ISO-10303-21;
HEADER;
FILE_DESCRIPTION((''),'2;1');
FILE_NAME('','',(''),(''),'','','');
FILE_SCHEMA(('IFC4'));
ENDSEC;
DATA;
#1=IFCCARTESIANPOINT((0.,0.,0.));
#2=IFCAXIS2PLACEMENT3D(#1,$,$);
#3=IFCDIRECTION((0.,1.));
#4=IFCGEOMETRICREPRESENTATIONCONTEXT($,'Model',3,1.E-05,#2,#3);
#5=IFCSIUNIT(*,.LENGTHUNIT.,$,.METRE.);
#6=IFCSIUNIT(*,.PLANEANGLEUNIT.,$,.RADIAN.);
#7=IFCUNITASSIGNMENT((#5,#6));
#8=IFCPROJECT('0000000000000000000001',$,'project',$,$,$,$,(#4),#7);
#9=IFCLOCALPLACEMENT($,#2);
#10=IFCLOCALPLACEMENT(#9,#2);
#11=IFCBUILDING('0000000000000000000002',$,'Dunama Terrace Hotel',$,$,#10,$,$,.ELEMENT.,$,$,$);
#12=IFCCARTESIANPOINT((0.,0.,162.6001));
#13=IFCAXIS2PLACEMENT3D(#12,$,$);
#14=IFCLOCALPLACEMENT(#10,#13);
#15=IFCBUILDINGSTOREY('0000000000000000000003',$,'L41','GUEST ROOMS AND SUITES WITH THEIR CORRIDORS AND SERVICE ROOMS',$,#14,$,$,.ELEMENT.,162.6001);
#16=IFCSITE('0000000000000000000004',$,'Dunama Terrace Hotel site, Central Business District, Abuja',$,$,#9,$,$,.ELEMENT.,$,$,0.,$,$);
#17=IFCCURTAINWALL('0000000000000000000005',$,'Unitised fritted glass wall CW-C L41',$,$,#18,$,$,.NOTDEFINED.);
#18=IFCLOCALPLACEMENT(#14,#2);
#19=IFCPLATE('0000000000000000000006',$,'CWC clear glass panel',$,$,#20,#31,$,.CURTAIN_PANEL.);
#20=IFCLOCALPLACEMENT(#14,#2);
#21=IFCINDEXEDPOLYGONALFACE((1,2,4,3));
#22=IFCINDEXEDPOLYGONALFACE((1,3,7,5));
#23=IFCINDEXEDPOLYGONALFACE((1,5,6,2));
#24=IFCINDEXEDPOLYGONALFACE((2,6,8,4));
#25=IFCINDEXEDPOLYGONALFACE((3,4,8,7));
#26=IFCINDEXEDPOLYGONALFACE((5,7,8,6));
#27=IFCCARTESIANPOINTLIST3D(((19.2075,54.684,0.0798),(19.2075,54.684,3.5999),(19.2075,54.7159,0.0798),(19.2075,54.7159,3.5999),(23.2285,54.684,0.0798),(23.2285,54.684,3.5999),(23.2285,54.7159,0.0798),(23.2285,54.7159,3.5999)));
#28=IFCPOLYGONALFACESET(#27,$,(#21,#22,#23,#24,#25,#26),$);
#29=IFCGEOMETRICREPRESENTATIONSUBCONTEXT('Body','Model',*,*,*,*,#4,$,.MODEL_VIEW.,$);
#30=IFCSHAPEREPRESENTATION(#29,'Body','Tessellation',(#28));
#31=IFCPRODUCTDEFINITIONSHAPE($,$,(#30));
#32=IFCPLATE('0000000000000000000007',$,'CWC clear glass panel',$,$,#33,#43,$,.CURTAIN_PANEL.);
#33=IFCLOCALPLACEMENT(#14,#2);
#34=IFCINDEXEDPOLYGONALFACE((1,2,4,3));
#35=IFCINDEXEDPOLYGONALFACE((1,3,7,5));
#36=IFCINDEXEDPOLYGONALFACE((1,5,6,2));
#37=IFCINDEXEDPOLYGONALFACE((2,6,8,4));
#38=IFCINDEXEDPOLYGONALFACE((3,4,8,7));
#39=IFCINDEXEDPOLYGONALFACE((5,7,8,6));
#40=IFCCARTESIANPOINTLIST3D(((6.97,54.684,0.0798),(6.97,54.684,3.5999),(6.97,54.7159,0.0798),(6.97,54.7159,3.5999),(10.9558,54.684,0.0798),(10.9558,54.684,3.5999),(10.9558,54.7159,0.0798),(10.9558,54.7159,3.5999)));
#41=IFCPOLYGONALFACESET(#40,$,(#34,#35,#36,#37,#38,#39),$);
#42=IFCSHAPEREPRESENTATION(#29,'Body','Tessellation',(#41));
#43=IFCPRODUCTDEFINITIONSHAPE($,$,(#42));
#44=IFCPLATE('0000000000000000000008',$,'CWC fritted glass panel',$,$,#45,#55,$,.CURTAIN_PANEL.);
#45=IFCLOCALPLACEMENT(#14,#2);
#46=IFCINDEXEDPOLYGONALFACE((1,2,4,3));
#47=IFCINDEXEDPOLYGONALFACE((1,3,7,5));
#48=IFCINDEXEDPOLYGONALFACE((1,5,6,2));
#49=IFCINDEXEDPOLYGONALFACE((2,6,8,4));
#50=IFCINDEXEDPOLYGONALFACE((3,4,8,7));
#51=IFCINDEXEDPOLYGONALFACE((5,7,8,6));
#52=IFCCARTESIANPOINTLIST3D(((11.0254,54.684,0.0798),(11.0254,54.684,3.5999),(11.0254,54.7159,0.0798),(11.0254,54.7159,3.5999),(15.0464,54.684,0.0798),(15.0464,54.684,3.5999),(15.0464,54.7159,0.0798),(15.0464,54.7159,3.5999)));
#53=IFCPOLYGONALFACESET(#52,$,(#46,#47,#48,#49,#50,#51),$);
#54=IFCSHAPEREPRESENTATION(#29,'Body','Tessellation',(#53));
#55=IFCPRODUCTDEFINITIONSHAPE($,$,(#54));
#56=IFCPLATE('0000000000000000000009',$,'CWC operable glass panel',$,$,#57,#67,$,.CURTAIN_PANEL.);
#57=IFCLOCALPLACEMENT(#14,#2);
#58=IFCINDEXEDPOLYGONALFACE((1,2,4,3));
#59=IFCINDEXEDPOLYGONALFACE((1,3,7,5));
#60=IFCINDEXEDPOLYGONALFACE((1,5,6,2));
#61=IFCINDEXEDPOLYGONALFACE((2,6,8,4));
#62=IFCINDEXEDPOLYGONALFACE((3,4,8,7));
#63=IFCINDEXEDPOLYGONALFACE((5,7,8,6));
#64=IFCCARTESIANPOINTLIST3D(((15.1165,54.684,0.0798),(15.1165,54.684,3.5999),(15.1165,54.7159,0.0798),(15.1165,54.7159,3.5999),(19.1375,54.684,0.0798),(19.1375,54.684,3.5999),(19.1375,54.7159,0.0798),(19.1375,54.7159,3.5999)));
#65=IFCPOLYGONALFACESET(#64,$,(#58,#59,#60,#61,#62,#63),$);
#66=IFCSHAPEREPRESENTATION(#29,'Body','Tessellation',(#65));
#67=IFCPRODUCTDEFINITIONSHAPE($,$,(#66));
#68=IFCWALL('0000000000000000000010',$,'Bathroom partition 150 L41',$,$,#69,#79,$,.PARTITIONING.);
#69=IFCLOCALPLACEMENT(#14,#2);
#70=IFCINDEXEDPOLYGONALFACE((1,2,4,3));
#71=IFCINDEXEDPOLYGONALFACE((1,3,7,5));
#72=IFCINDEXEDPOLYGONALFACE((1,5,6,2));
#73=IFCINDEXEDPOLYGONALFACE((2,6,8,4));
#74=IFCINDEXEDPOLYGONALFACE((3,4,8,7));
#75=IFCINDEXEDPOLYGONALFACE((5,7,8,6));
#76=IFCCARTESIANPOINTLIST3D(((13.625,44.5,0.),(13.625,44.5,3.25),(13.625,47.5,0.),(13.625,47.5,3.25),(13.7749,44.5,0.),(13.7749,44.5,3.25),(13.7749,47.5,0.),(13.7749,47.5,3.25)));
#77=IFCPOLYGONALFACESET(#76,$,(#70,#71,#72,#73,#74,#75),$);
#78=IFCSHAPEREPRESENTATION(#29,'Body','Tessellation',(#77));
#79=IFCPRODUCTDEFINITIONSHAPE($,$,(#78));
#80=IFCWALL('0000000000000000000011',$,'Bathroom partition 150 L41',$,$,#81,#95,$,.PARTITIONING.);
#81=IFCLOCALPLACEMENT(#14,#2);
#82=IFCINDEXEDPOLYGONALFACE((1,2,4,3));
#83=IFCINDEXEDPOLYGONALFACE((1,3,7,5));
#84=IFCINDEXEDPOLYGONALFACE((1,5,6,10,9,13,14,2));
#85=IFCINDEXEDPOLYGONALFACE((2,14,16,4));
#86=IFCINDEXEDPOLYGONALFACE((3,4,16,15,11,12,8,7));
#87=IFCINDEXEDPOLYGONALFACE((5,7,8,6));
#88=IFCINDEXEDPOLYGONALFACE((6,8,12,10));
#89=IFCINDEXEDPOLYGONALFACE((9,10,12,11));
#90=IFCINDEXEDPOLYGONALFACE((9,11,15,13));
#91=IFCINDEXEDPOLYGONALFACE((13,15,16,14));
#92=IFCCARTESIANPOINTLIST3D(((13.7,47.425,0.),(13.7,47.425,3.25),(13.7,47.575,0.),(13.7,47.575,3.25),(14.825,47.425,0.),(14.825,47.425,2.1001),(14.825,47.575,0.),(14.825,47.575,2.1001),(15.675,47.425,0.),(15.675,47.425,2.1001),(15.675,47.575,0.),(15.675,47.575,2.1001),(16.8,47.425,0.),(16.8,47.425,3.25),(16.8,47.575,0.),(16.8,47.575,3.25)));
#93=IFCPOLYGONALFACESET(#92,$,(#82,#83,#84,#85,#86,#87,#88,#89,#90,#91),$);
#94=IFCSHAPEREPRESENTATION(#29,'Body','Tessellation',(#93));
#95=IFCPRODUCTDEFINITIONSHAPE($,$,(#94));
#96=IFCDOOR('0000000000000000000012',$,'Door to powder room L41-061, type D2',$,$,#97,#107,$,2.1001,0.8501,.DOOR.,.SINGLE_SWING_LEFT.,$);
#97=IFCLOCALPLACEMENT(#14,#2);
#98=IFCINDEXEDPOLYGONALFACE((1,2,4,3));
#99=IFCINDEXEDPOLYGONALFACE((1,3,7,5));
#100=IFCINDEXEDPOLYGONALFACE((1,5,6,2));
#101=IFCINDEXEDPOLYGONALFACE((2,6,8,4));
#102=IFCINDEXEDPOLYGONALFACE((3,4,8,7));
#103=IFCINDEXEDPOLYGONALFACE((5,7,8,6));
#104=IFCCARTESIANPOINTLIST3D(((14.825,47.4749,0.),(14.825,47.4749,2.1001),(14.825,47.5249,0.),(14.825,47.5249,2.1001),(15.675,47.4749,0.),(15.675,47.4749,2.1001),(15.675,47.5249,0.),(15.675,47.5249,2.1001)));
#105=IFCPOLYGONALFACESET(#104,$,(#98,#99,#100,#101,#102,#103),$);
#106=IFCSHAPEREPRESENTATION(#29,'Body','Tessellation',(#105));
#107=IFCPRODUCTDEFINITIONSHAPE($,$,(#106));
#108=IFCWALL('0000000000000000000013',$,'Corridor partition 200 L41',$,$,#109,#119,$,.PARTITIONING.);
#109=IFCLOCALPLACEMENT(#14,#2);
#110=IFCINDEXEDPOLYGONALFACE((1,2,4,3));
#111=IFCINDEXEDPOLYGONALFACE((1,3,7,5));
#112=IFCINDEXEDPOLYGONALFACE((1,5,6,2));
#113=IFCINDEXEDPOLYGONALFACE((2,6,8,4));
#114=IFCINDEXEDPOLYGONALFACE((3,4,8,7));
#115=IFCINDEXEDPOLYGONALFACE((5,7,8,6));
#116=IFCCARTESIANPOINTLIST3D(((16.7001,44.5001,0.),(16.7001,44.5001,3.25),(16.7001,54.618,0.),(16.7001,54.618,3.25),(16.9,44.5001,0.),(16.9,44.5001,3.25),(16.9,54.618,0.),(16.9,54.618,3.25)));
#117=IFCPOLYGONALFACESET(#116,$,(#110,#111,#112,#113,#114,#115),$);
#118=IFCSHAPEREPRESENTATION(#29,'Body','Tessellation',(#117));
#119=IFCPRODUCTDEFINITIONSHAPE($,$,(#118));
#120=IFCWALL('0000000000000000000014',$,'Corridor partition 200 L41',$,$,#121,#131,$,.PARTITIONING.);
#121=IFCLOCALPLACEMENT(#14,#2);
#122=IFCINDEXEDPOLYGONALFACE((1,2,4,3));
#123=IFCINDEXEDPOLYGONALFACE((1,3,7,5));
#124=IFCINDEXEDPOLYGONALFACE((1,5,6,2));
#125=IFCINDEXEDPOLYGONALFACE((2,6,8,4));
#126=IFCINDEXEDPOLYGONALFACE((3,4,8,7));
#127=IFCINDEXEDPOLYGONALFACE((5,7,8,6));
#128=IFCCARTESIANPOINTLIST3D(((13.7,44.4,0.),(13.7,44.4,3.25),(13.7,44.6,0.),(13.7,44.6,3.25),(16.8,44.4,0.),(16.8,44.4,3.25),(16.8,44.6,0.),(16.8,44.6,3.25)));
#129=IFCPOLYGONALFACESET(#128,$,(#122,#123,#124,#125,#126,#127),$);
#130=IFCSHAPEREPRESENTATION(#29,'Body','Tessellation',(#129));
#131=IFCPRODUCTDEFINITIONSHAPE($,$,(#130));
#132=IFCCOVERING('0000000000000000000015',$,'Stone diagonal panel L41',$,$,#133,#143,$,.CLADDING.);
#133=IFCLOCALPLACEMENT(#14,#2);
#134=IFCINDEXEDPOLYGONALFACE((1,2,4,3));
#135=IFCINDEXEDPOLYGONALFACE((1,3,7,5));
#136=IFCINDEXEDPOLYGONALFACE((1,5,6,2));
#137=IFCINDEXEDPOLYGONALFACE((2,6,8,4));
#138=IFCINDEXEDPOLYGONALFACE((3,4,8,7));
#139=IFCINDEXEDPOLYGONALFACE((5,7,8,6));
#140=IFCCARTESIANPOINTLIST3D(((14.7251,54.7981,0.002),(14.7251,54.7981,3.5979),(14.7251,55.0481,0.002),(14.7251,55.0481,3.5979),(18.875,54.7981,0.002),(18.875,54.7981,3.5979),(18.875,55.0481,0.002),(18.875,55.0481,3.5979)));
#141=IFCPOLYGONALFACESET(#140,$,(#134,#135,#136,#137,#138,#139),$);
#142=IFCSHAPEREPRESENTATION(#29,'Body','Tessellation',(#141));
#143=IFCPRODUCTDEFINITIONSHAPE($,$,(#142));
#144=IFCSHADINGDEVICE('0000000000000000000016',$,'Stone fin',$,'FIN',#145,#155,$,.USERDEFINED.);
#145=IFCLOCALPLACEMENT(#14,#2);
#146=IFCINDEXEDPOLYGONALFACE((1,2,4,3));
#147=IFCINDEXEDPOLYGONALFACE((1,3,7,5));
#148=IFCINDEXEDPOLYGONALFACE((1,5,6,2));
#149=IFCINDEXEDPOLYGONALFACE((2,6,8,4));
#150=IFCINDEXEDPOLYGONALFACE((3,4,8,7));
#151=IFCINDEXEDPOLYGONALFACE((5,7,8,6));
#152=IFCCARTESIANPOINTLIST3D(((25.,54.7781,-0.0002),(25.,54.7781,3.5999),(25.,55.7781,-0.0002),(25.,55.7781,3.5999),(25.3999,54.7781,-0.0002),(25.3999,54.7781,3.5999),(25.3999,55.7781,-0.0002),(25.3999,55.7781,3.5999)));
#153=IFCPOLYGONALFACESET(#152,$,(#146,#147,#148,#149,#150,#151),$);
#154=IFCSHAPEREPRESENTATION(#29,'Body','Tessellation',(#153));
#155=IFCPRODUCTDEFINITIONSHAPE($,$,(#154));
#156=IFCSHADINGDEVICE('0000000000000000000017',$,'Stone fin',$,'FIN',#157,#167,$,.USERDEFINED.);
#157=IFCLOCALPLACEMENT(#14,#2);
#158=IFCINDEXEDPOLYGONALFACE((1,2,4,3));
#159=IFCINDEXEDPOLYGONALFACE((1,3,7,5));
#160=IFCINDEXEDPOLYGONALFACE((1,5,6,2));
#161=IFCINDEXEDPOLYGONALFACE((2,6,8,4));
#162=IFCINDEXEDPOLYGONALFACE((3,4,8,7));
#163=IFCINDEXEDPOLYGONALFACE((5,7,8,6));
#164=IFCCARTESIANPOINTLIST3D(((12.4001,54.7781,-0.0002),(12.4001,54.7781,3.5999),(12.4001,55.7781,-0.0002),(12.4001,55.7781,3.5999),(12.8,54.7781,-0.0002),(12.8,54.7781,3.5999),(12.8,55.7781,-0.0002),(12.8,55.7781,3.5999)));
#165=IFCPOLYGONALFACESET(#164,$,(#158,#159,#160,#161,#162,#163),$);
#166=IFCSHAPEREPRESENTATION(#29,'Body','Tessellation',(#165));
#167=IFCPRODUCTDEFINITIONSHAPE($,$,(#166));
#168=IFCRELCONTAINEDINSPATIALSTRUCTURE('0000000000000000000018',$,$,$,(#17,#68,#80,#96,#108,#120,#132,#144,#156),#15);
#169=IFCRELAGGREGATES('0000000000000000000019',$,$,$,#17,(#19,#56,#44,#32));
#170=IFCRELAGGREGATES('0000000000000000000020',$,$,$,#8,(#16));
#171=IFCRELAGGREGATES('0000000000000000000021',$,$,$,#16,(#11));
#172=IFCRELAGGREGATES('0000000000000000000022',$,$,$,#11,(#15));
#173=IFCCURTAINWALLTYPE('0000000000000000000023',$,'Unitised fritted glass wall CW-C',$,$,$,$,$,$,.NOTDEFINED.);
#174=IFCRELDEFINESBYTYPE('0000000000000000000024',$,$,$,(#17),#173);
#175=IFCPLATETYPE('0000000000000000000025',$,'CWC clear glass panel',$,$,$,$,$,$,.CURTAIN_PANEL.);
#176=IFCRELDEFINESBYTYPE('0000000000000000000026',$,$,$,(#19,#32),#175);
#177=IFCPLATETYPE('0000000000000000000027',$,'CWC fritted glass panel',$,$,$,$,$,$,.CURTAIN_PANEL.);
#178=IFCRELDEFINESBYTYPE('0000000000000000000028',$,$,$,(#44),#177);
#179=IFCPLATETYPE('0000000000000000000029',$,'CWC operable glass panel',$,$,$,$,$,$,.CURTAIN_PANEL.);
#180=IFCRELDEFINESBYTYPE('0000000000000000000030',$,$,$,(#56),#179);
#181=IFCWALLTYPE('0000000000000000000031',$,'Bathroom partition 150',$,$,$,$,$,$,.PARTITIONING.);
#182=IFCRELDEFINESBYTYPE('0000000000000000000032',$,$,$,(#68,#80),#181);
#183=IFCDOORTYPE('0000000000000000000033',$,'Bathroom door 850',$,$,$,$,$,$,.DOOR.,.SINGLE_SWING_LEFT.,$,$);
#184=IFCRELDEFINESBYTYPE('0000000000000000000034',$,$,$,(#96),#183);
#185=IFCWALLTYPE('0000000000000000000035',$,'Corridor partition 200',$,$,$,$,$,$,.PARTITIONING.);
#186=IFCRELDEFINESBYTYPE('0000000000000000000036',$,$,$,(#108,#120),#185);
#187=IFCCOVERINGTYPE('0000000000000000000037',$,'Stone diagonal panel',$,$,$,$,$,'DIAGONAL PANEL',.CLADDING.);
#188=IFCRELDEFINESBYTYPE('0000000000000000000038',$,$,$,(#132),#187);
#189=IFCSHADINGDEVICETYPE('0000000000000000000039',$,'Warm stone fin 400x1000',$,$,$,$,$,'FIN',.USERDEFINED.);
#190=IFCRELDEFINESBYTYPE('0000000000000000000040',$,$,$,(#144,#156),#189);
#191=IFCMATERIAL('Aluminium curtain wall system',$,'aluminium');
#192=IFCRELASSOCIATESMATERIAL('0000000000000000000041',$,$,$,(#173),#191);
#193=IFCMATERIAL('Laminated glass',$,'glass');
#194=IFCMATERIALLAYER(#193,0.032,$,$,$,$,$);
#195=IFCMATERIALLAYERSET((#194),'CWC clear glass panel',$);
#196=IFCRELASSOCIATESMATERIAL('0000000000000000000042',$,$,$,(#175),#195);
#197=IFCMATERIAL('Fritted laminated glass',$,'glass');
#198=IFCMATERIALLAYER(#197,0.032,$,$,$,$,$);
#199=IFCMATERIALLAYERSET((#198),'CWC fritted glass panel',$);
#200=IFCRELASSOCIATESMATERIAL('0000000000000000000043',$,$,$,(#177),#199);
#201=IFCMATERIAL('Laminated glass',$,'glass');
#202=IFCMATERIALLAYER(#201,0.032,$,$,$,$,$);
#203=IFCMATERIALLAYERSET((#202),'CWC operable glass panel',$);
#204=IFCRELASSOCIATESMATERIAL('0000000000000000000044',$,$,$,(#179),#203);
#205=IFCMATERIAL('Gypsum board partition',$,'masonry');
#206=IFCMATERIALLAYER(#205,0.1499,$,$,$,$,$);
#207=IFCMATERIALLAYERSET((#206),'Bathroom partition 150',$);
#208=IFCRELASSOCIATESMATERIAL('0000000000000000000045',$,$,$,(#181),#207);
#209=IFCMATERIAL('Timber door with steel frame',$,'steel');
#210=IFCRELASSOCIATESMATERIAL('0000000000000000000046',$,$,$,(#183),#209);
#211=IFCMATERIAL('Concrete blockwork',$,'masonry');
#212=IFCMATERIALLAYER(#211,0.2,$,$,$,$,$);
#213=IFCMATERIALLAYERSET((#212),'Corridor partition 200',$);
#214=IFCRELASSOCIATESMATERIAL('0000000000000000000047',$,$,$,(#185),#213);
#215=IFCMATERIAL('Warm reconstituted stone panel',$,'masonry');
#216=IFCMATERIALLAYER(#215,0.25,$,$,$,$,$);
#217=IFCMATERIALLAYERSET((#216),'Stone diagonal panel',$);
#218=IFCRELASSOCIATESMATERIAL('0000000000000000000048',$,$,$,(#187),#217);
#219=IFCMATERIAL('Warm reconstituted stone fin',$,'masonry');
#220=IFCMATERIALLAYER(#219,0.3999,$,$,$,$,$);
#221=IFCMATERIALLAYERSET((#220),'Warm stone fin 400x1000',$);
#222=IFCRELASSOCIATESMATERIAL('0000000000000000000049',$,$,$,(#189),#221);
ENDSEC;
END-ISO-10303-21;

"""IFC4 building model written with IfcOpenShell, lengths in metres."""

from ifc_helpers import new_model, si_unit, direction, frame, frame_2d, origin, origin_2d, place, context, subcontext, project, spatial, rectangle, extrude, material, layer, layer_set, type_object, element, fill, aggregate, save


model = new_model("IFC4")

# Units and contexts
model_context = context("Model", 3, precision=1e-05, world=origin(), true_north=direction((0.0, 1.0)))
body_context = subcontext(model_context, "Body", "Model", "MODEL_VIEW")
ifc_project = project(units=[si_unit("LENGTHUNIT", "METRE"), si_unit("PLANEANGLEUNIT", "RADIAN")], contexts=[model_context])

# Site, building, storey
site_placement = place(None, origin())
site = spatial("IfcSite", under=ifc_project, at=site_placement, Name="Dunama Terrace Hotel site, Central Business District, Abuja", CompositionType="ELEMENT", RefElevation=0.0)
building_placement = place(site_placement, origin())
building = spatial("IfcBuilding", under=site, at=building_placement, Name="Dunama Terrace Hotel", CompositionType="ELEMENT")
storey_placement = place(building_placement, frame((0.0, 0.0, 162.6001)))
storey = spatial("IfcBuildingStorey", under=building, at=storey_placement, Name="L41", Description="GUEST ROOMS AND SUITES WITH THEIR CORRIDORS AND SERVICE ROOMS", CompositionType="ELEMENT", Elevation=162.6001)

# Curtain wall
ifc_material_1 = material(Name="Aluminium curtain wall system", Category="aluminium")
curtain_wall_type = type_object("IfcCurtainWallType", Name="Unitised fritted glass wall CW-C", PredefinedType="NOTDEFINED", material=ifc_material_1)
curtain_wall_placement = place(storey_placement, origin())
curtain_wall = element("IfcCurtainWall", 1, at=curtain_wall_placement, inside=storey, type_object=curtain_wall_type, Name="Unitised fritted glass wall CW-C L41", PredefinedType="NOTDEFINED")

# Plates
ifc_material_2 = material(Name="Laminated glass", Category="glass")
ifc_layer_1 = layer(ifc_material_2, 0.032)
ifc_layer_set_1 = layer_set([ifc_layer_1], Name="CWC clear glass panel")
plate_type_1 = type_object("IfcPlateType", Name="CWC clear glass panel", PredefinedType="CURTAIN_PANEL", material=ifc_layer_set_1)
plate_1_placement = place(storey_placement, frame((21.218, 54.7, 0.0798), z_axis=(0.0, 0.0, 1.0), x_axis=(-1.0, 0.0, 0.0)))
plate_1 = element("IfcPlate", 2, at=plate_1_placement, type_object=plate_type_1, Name="CWC clear glass panel", PredefinedType="CURTAIN_PANEL", context=body_context, shape_type="SweptSolid", body=[
    extrude(rectangle(XDim=4.021, YDim=0.032, at=origin_2d()), origin(), (0.0, 0.0, 1.0), 3.52),
])
plate_2_placement = place(storey_placement, frame((8.9629, 54.7, 0.0798), z_axis=(0.0, 0.0, 1.0), x_axis=(-1.0, 0.0, 0.0)))
plate_2 = element("IfcPlate", 3, at=plate_2_placement, type_object=plate_type_1, Name="CWC clear glass panel", PredefinedType="CURTAIN_PANEL", context=body_context, shape_type="SweptSolid", body=[
    extrude(rectangle(XDim=3.9858, YDim=0.032, at=origin_2d()), origin(), (0.0, 0.0, 1.0), 3.52),
])
ifc_material_3 = material(Name="Fritted laminated glass", Category="glass")
ifc_layer_2 = layer(ifc_material_3, 0.032)
ifc_layer_set_2 = layer_set([ifc_layer_2], Name="CWC fritted glass panel")
plate_type_2 = type_object("IfcPlateType", Name="CWC fritted glass panel", PredefinedType="CURTAIN_PANEL", material=ifc_layer_set_2)
plate_3_placement = place(storey_placement, frame((13.0359, 54.7, 0.0798), z_axis=(0.0, 0.0, 1.0), x_axis=(-1.0, 0.0, 0.0)))
plate_3 = element("IfcPlate", 4, at=plate_3_placement, type_object=plate_type_2, Name="CWC fritted glass panel", PredefinedType="CURTAIN_PANEL", context=body_context, shape_type="SweptSolid", body=[
    extrude(rectangle(XDim=4.021, YDim=0.032, at=origin_2d()), origin(), (0.0, 0.0, 1.0), 3.52),
])
ifc_material_4 = material(Name="Laminated glass", Category="glass")
ifc_layer_3 = layer(ifc_material_4, 0.032)
ifc_layer_set_3 = layer_set([ifc_layer_3], Name="CWC operable glass panel")
plate_type_3 = type_object("IfcPlateType", Name="CWC operable glass panel", PredefinedType="CURTAIN_PANEL", material=ifc_layer_set_3)
plate_4_placement = place(storey_placement, frame((17.127, 54.7, 0.0798), z_axis=(0.0, 0.0, 1.0), x_axis=(-1.0, 0.0, 0.0)))
plate_4 = element("IfcPlate", 5, at=plate_4_placement, type_object=plate_type_3, Name="CWC operable glass panel", PredefinedType="CURTAIN_PANEL", context=body_context, shape_type="SweptSolid", body=[
    extrude(rectangle(XDim=4.021, YDim=0.032, at=origin_2d()), origin(), (0.0, 0.0, 1.0), 3.52),
])
aggregate(curtain_wall, [plate_1, plate_4, plate_3, plate_2])

# Wall
ifc_material_5 = material(Name="Gypsum board partition", Category="masonry")
ifc_layer_4 = layer(ifc_material_5, 0.1499)
ifc_layer_set_4 = layer_set([ifc_layer_4], Name="Bathroom partition 150")
wall_type_1 = type_object("IfcWallType", Name="Bathroom partition 150", PredefinedType="PARTITIONING", material=ifc_layer_set_4)
wall_1_placement = place(storey_placement, frame((13.7, 44.5, 0.0), z_axis=(0.0, 0.0, 1.0), x_axis=(0.0, 1.0, 0.0)))
element("IfcWall", 6, at=wall_1_placement, inside=storey, type_object=wall_type_1, Name="Bathroom partition 150 L41", PredefinedType="PARTITIONING", context=body_context, shape_type="SweptSolid", body=[
    extrude(rectangle(XDim=3.0, YDim=0.1499, at=frame_2d((1.5, 0.0))), origin(), (0.0, 0.0, 1.0), 3.25),
])

# Wall, opening, door
wall_2_placement = place(storey_placement, frame((13.7, 47.5, 0.0), z_axis=(0.0, 0.0, 1.0), x_axis=(1.0, 0.0, 0.0)))
wall_2 = element("IfcWall", 7, at=wall_2_placement, inside=storey, type_object=wall_type_1, Name="Bathroom partition 150 L41", PredefinedType="PARTITIONING", context=body_context, shape_type="SweptSolid", body=[
    extrude(rectangle(XDim=3.1001, YDim=0.1499, at=frame_2d((1.55, 0.0))), origin(), (0.0, 0.0, 1.0), 3.25),
])
opening_placement = place(wall_2_placement, frame((1.125, 0.0, 0.0)))
opening = element("IfcOpeningElement", 8, at=opening_placement, cuts=wall_2, PredefinedType="OPENING", context=body_context, shape_type="SweptSolid", body=[
    extrude(rectangle(XDim=0.8501, YDim=2.1001, at=frame_2d((0.425, 1.05))), frame((0.0, 0.085, 0.0), z_axis=(0.0, -1.0, 0.0), x_axis=(1.0, 0.0, 0.0)), (0.0, 0.0, 1.0), 0.1699),
])
ifc_material_6 = material(Name="Timber door with steel frame", Category="steel")
door_type = type_object("IfcDoorType", Name="Bathroom door 850", OperationType="SINGLE_SWING_LEFT", PredefinedType="DOOR", material=ifc_material_6)
door_placement = place(opening_placement, frame((0.8501, 0.0, 0.0), z_axis=(0.0, 0.0, 1.0), x_axis=(-1.0, 0.0, 0.0)))
door = element("IfcDoor", 9, at=door_placement, inside=storey, type_object=door_type, Name="Door to powder room L41-061, type D2", OperationType="SINGLE_SWING_LEFT", OverallHeight=2.1001, OverallWidth=0.8501, PredefinedType="DOOR", context=body_context, shape_type="SweptSolid", body=[
    extrude(rectangle(XDim=0.8501, YDim=2.1001, at=frame_2d((0.425, 1.05))), frame((0.0, 0.0251, 0.0), z_axis=(0.0, -1.0, 0.0), x_axis=(1.0, 0.0, 0.0)), (0.0, 0.0, 1.0), 0.05),
])
fill(opening, door)

# Walls
ifc_material_7 = material(Name="Concrete blockwork", Category="masonry")
ifc_layer_5 = layer(ifc_material_7, 0.2)
ifc_layer_set_5 = layer_set([ifc_layer_5], Name="Corridor partition 200")
wall_type_2 = type_object("IfcWallType", Name="Corridor partition 200", PredefinedType="PARTITIONING", material=ifc_layer_set_5)
wall_3_placement = place(storey_placement, frame((16.8, 44.5, 0.0), z_axis=(0.0, 0.0, 1.0), x_axis=(0.0, 1.0, 0.0)))
element("IfcWall", 10, at=wall_3_placement, inside=storey, type_object=wall_type_2, Name="Corridor partition 200 L41", PredefinedType="PARTITIONING", context=body_context, shape_type="SweptSolid", body=[
    extrude(rectangle(XDim=10.1179, YDim=0.2, at=frame_2d((5.0591, 0.0))), origin(), (0.0, 0.0, 1.0), 3.25),
])
wall_4_placement = place(storey_placement, frame((13.7, 44.5, 0.0), z_axis=(0.0, 0.0, 1.0), x_axis=(1.0, 0.0, 0.0)))
element("IfcWall", 11, at=wall_4_placement, inside=storey, type_object=wall_type_2, Name="Corridor partition 200 L41", PredefinedType="PARTITIONING", context=body_context, shape_type="SweptSolid", body=[
    extrude(rectangle(XDim=3.1001, YDim=0.2, at=frame_2d((1.55, 0.0))), origin(), (0.0, 0.0, 1.0), 3.25),
])

# Covering
ifc_material_8 = material(Name="Warm reconstituted stone panel", Category="masonry")
ifc_layer_6 = layer(ifc_material_8, 0.25)
ifc_layer_set_6 = layer_set([ifc_layer_6], Name="Stone diagonal panel")
covering_type = type_object("IfcCoveringType", Name="Stone diagonal panel", ElementType="DIAGONAL PANEL", PredefinedType="CLADDING", material=ifc_layer_set_6)
covering_placement = place(storey_placement, frame((16.8, 54.9231, 0.002), z_axis=(0.0, 0.0, 1.0), x_axis=(-1.0, 0.0, 0.0)))
element("IfcCovering", 12, at=covering_placement, inside=storey, type_object=covering_type, Name="Stone diagonal panel L41", PredefinedType="CLADDING", context=body_context, shape_type="SweptSolid", body=[
    extrude(rectangle(XDim=4.1499, YDim=0.25, at=origin_2d()), origin(), (0.0, 0.0, 1.0), 3.5959),
])

# Shading devices
ifc_material_9 = material(Name="Warm reconstituted stone fin", Category="masonry")
ifc_layer_7 = layer(ifc_material_9, 0.3999)
ifc_layer_set_7 = layer_set([ifc_layer_7], Name="Warm stone fin 400x1000")
shading_device_type = type_object("IfcShadingDeviceType", Name="Warm stone fin 400x1000", ElementType="FIN", PredefinedType="USERDEFINED", material=ifc_layer_set_7)
for number, where, z_axis, x_axis, name in (
    (13, (25.2, 55.2781, -0.0002), (0.0, 0.0, 1.0), (-1.0, 0.0, 0.0), "Stone fin"),
    (14, (12.6001, 55.2781, -0.0002), (0.0, 0.0, 1.0), (-1.0, 0.0, 0.0), "Stone fin"),
):
    element("IfcShadingDevice", number, at=place(storey_placement, frame(where, z_axis=z_axis, x_axis=x_axis)), inside=storey, type_object=shading_device_type, Name=name, ObjectType="FIN", PredefinedType="USERDEFINED", context=body_context, shape_type="SweptSolid", body=[
        extrude(rectangle(XDim=0.3999, YDim=1.0, at=origin_2d()), origin(), (0.0, 0.0, 1.0), 3.6001),
    ])

save(model, "model.ifc")
